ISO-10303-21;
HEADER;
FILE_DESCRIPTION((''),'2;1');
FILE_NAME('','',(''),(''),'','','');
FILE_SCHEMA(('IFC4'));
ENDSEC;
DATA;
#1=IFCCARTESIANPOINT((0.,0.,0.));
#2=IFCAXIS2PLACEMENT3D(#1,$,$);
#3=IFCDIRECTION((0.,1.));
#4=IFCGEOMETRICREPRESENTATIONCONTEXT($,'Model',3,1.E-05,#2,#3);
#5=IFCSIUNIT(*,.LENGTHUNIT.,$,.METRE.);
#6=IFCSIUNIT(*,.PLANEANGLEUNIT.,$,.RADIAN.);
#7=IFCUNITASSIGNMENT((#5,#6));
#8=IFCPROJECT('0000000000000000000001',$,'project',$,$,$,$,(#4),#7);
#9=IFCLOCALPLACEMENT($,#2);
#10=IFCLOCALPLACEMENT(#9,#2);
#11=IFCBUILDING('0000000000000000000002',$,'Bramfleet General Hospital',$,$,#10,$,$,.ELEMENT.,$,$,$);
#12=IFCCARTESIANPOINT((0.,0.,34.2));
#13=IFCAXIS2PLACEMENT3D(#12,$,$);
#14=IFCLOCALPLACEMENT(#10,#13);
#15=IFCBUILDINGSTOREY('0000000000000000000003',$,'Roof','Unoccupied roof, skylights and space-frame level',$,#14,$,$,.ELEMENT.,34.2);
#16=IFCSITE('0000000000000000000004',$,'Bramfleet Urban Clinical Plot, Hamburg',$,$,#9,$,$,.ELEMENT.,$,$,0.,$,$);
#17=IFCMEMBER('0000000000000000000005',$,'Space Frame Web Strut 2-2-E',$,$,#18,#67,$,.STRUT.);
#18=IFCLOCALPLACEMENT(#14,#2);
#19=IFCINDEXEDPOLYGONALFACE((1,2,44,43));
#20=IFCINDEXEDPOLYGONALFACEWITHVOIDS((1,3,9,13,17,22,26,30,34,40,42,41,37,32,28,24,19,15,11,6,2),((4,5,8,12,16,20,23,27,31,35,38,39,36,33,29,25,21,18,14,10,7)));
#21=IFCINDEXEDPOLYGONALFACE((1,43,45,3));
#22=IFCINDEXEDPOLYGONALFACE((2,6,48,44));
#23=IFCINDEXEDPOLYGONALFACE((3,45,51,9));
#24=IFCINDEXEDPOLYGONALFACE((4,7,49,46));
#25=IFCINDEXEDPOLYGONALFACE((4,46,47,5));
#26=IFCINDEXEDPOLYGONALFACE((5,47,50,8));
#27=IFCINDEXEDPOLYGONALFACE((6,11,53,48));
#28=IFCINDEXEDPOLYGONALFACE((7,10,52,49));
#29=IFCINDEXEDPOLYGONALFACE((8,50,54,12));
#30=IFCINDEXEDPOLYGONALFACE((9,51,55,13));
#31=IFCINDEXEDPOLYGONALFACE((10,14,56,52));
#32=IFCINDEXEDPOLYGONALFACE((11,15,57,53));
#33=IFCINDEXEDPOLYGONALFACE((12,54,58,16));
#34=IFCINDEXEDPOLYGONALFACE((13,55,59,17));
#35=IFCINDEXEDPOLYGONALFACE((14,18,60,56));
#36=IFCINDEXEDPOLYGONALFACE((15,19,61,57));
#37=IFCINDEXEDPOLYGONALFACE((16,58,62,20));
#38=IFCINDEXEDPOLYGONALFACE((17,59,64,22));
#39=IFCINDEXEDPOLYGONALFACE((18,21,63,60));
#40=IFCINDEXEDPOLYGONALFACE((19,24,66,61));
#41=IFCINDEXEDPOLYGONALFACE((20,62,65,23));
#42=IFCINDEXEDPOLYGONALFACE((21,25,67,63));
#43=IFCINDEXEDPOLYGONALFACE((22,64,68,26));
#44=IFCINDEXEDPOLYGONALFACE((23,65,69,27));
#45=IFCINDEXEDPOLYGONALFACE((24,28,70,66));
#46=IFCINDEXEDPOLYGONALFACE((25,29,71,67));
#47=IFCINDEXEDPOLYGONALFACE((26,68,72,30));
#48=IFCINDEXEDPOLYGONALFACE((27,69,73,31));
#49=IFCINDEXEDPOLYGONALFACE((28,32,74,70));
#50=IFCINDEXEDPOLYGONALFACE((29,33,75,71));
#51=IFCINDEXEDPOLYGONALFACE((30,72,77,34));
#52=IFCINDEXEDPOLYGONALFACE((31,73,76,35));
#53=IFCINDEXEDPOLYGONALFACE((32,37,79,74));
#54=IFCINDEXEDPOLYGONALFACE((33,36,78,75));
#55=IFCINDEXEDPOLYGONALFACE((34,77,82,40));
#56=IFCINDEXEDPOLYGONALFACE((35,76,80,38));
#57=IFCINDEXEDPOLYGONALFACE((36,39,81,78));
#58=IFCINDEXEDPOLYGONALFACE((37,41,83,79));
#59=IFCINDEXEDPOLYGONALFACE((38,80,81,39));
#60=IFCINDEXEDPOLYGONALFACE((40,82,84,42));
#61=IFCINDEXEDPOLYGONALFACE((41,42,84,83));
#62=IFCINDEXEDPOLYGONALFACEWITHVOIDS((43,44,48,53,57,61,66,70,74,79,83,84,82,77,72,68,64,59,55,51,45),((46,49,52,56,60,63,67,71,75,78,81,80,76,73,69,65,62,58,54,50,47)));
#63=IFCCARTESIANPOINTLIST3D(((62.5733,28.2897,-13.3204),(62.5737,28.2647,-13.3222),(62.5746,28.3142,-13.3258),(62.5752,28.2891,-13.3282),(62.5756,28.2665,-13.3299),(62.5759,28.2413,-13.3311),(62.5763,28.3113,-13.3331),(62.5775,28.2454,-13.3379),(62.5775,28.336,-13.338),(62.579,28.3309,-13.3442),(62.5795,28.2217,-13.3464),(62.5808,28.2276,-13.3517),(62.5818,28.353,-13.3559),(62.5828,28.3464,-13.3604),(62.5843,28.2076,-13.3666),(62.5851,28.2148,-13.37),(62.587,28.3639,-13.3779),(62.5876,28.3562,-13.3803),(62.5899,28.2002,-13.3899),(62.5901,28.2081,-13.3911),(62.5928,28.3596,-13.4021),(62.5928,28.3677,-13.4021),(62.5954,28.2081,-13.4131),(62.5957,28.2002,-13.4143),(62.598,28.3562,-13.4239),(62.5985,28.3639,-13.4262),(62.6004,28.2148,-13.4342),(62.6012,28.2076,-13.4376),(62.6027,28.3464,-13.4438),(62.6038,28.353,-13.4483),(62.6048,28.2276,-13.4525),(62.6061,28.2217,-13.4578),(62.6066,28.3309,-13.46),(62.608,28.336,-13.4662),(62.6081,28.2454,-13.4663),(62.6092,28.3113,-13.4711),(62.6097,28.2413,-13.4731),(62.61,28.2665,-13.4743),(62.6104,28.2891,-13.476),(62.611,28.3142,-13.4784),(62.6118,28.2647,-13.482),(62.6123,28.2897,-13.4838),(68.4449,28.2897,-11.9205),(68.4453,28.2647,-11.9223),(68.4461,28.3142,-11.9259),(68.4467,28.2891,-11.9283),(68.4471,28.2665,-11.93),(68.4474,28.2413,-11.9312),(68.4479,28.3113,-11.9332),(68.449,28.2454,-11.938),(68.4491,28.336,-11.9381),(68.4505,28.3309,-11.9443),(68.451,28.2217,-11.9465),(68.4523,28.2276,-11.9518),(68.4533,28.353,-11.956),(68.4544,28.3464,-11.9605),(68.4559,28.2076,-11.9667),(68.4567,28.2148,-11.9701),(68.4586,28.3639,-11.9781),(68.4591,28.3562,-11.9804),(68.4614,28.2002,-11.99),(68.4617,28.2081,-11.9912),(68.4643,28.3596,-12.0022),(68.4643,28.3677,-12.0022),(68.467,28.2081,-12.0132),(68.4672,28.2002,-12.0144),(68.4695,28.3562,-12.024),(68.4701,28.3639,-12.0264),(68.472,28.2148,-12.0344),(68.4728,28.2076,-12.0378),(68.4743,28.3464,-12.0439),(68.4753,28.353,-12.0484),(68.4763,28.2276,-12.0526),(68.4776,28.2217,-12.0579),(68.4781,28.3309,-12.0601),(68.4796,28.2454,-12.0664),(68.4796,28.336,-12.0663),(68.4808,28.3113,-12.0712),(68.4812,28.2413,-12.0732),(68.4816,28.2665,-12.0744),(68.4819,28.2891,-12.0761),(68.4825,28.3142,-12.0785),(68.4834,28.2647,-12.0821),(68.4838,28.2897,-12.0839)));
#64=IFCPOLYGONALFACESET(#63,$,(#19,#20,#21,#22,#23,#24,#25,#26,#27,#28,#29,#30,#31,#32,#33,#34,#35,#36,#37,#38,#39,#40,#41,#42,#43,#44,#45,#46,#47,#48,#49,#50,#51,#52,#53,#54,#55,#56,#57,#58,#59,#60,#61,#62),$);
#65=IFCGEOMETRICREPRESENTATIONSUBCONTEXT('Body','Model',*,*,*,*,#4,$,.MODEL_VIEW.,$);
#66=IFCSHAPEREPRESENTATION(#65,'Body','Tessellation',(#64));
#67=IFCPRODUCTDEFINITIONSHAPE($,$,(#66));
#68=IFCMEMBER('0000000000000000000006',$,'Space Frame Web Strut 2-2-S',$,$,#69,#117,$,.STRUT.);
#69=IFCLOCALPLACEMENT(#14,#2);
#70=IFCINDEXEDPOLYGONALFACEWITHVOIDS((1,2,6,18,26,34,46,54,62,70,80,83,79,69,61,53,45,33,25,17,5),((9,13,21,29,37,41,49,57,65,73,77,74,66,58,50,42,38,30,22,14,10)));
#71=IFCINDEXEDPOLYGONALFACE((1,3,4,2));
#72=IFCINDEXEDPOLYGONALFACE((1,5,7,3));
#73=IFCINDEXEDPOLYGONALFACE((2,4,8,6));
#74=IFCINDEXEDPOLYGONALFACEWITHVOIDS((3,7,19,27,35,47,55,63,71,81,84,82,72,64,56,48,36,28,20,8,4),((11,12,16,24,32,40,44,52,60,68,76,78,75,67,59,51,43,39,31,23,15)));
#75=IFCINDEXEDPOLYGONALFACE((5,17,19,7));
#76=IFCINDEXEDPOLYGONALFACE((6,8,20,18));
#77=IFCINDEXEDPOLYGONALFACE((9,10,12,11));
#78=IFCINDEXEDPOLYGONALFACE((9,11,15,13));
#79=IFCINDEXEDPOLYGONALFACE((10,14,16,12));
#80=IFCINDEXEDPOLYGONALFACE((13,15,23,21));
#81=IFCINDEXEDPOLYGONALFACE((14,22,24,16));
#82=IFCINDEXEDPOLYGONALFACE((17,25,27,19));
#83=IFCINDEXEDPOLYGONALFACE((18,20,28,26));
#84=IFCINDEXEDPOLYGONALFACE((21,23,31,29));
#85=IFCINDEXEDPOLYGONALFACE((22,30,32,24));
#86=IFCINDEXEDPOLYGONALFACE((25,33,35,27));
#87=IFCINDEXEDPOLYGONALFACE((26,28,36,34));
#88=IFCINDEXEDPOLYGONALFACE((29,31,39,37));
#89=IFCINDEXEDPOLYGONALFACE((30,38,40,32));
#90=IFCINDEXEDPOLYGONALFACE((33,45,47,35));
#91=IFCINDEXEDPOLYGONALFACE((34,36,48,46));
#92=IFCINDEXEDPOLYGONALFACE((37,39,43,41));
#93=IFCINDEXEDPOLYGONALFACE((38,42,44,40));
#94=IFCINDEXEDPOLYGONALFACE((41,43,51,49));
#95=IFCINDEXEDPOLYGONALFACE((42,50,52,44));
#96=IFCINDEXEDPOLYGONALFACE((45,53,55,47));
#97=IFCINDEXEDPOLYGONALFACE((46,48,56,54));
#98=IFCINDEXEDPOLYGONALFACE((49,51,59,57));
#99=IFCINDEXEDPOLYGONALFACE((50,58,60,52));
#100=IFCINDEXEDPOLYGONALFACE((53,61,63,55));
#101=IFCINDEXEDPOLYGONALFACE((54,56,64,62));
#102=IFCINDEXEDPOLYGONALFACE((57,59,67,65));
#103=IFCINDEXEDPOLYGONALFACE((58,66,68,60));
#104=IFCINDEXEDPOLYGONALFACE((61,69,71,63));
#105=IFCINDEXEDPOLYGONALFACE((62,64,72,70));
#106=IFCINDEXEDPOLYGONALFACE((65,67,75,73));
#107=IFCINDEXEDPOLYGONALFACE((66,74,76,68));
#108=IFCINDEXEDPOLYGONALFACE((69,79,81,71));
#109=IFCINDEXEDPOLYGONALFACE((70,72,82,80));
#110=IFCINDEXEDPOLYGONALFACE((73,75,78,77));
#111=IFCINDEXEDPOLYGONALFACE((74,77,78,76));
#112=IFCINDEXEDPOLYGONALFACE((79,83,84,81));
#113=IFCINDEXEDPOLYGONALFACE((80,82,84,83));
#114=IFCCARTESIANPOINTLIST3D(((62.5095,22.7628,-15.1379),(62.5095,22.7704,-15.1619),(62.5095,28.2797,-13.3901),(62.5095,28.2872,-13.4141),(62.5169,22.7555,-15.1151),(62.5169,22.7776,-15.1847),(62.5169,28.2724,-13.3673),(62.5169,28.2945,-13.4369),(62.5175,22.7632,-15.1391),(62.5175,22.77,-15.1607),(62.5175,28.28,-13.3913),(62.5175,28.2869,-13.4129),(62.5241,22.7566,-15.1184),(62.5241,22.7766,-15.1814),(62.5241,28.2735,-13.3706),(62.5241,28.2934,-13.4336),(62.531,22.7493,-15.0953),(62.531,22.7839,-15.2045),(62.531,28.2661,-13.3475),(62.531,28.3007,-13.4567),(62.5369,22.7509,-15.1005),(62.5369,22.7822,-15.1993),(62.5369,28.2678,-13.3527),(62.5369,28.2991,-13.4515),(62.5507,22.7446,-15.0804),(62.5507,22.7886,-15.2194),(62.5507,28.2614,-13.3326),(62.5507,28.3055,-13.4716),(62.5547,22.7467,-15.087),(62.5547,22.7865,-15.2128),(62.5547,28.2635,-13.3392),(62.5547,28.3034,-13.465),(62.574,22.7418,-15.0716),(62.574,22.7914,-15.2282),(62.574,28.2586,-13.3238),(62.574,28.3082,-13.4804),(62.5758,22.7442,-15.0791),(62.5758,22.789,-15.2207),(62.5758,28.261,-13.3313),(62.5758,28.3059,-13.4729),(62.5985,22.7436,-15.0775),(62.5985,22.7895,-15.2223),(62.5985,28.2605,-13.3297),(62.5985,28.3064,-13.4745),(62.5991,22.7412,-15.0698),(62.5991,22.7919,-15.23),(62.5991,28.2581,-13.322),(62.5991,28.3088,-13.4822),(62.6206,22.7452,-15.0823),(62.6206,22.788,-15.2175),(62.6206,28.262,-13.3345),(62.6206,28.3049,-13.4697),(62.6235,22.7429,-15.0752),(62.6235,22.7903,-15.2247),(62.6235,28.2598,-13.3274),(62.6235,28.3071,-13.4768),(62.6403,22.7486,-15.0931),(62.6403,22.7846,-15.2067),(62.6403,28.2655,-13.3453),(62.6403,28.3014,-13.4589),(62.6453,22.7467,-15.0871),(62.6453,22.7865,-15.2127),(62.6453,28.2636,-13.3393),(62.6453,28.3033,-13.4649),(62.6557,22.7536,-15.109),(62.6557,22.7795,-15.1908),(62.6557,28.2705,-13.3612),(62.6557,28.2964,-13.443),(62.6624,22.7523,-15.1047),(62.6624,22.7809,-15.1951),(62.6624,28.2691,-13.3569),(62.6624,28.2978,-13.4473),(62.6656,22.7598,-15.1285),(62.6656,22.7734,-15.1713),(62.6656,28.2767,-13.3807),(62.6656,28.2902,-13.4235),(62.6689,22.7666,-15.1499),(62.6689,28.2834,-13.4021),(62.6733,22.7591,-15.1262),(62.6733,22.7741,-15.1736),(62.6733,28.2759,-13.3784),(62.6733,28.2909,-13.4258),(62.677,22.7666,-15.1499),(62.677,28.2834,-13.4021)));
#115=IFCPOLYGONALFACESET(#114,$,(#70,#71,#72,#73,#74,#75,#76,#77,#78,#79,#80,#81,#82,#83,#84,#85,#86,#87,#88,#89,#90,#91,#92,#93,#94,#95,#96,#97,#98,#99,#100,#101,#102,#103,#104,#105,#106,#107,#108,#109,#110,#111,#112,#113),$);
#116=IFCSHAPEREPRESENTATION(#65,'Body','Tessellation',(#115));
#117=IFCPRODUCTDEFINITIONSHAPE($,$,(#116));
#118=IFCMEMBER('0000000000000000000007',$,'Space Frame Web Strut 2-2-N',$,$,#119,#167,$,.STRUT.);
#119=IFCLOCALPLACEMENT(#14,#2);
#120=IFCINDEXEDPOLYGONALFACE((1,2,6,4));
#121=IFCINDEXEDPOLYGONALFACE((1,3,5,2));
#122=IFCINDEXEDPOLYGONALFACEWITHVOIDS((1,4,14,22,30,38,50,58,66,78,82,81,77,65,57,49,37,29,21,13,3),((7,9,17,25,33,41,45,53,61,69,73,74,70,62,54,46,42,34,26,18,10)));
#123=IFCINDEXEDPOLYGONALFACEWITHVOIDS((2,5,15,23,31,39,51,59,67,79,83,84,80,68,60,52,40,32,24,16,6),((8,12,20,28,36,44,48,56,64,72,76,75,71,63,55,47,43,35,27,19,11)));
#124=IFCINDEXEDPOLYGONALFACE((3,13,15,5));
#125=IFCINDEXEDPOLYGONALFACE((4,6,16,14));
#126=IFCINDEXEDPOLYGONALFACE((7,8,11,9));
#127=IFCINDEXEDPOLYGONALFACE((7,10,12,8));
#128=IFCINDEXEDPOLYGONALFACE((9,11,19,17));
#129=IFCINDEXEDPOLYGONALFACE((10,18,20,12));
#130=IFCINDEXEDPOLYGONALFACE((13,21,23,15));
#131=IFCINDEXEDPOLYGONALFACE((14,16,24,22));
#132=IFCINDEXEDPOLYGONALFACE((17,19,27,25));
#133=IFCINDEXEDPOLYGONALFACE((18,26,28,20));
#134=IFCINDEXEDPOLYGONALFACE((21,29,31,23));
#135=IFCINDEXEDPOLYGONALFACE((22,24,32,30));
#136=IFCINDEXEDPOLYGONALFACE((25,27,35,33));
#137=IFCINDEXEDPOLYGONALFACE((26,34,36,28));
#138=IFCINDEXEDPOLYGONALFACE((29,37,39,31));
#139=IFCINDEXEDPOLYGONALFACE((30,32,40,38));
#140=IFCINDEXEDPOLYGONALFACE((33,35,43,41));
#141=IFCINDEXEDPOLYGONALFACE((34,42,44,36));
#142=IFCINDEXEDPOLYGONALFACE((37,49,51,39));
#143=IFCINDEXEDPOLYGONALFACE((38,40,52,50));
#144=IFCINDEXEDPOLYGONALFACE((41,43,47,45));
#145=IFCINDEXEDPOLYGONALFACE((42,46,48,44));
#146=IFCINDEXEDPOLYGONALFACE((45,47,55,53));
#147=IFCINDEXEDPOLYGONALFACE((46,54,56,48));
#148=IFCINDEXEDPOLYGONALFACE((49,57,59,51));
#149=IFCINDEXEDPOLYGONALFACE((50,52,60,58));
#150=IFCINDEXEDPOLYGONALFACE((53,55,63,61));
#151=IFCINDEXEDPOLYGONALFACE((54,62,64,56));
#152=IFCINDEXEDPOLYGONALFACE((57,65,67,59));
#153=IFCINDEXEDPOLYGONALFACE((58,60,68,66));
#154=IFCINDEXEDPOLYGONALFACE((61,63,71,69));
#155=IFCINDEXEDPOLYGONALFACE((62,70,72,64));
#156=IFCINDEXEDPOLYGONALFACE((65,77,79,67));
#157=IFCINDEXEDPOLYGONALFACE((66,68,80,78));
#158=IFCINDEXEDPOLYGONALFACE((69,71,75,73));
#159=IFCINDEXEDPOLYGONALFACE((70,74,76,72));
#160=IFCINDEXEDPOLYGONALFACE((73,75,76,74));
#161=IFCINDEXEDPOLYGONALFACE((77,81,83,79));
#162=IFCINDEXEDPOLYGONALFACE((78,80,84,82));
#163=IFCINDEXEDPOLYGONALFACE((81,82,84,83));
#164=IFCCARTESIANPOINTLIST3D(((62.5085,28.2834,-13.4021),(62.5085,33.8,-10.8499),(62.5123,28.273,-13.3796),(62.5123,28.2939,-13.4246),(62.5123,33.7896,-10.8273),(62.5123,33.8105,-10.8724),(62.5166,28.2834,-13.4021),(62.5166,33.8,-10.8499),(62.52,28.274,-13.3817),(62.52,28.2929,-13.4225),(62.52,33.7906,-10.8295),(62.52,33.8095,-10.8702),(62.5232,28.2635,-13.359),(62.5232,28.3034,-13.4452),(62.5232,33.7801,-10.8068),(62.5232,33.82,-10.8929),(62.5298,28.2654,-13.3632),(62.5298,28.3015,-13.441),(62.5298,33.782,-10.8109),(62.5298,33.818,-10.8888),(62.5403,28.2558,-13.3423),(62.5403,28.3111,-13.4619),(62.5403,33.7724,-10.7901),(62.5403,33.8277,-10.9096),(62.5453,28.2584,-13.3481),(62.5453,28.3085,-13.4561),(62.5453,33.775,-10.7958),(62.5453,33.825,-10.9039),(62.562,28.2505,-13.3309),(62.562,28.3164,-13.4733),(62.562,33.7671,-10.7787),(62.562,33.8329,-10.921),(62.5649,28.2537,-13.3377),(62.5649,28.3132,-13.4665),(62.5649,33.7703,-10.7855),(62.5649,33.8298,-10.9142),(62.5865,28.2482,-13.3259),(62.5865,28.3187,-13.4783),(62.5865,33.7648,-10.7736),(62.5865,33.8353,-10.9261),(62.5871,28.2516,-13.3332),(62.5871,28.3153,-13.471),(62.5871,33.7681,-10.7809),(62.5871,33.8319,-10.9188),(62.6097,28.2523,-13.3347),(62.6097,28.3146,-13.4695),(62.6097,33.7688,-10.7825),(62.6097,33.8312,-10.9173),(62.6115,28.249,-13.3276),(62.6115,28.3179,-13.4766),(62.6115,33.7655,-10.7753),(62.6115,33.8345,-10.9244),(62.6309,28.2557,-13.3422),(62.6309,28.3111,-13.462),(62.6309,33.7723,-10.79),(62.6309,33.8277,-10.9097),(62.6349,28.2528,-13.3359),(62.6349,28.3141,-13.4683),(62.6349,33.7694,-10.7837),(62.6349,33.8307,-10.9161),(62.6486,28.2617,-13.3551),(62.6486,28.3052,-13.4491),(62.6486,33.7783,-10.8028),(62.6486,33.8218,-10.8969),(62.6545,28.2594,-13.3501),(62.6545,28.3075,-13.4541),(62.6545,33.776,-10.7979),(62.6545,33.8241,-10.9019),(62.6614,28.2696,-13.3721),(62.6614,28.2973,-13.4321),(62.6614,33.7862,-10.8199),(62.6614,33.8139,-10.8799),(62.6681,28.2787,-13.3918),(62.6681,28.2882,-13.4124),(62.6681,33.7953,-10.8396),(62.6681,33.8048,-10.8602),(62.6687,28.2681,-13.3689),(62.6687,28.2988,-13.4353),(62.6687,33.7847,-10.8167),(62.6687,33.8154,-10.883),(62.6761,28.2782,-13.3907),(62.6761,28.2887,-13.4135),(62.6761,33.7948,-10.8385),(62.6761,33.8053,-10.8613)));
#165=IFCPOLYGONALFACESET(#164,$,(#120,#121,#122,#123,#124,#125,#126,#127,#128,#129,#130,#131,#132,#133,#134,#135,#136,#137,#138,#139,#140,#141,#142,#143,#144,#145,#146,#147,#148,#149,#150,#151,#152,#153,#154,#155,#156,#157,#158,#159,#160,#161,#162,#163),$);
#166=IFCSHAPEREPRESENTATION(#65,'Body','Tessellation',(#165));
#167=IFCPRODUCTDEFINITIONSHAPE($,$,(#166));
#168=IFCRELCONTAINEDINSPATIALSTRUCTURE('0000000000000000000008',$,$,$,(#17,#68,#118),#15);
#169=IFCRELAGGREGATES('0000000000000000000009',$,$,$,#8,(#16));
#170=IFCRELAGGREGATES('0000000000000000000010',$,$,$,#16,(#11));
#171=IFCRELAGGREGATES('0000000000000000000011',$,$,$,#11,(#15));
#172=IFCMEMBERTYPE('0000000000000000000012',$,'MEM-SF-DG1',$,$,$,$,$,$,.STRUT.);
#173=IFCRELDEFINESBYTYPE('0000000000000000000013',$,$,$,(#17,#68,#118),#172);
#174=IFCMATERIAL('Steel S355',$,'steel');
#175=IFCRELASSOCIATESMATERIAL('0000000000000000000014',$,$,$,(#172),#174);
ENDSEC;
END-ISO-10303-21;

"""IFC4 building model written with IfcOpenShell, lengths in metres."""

from ifc_helpers import new_model, si_unit, direction, frame, origin, origin_2d, place, context, subcontext, project, spatial, hollow_circle, extrude, material, material_profile, profile_set, type_object, element, save


model = new_model("IFC4")

# Units and contexts
model_context = context("Model", 3, precision=1e-05, world=origin(), true_north=direction((0.0, 1.0)))
body_context = subcontext(model_context, "Body", "Model", "MODEL_VIEW")
ifc_project = project(units=[si_unit("LENGTHUNIT", "METRE"), si_unit("PLANEANGLEUNIT", "RADIAN")], contexts=[model_context])

# Site, building, storey
site_placement = place(None, origin())
site = spatial("IfcSite", under=ifc_project, at=site_placement, Name="Bramfleet Urban Clinical Plot, Hamburg", CompositionType="ELEMENT", RefElevation=0.0)
building_placement = place(site_placement, origin())
building = spatial("IfcBuilding", under=site, at=building_placement, Name="Bramfleet General Hospital", CompositionType="ELEMENT")
storey_placement = place(building_placement, frame((0.0, 0.0, 34.2)))
storey = spatial("IfcBuildingStorey", under=building, at=storey_placement, Name="Roof", Description="Unoccupied roof, skylights and space-frame level", CompositionType="ELEMENT", Elevation=34.2)

# Members
ifc_material = material(Name="Steel S355", Category="steel")
ifc_material_profile_1 = material_profile(ifc_material, hollow_circle(Radius=0.0842, WallThickness=0.0081, at=origin_2d()), Name="CHS 168.3x8.0")
ifc_profile_set_1 = profile_set([ifc_material_profile_1], Name="Steel S355")
member_type_1 = type_object("IfcMemberType", Name="MEM-SF-DG1", PredefinedType="STRUT", material=ifc_profile_set_1)
member_1_placement = place(storey_placement, frame((62.5928, 28.2834, -13.4021), z_axis=(0.972735, 0.0, 0.231919), x_axis=(0.0, 1.0, 0.0)))
element("IfcMember", 1, at=member_1_placement, inside=storey, type_object=member_type_1, Name="Space Frame Web Strut 2-2-E", PredefinedType="STRUT", context=body_context, shape_type="SweptSolid", body=[
    extrude(hollow_circle(Radius=0.0842, WallThickness=0.0081, at=origin_2d()), origin(), (0.0, 0.0, 1.0), 6.0361),
])
member_2_placement = place(storey_placement, frame((62.5928, 28.2834, -13.4021), z_axis=(0.0, -0.953302, -0.302018), x_axis=(1.0, 0.0, 0.0)))
element("IfcMember", 2, at=member_2_placement, inside=storey, type_object=member_type_1, Name="Space Frame Web Strut 2-2-S", PredefinedType="STRUT", context=body_context, shape_type="SweptSolid", body=[
    extrude(hollow_circle(Radius=0.0842, WallThickness=0.0081, at=origin_2d()), origin(), (0.0, 0.0, 1.0), 5.7871),
])
member_3_placement = place(storey_placement, frame((62.5928, 28.2834, -13.4021), z_axis=(0.0, 0.907576, 0.419888), x_axis=(-1.0, 0.0, 0.0)))
element("IfcMember", 3, at=member_3_placement, inside=storey, type_object=member_type_1, Name="Space Frame Web Strut 2-2-N", PredefinedType="STRUT", context=body_context, shape_type="SweptSolid", body=[
    extrude(hollow_circle(Radius=0.0842, WallThickness=0.0081, at=origin_2d()), origin(), (0.0, 0.0, 1.0), 6.0784),
])

save(model, "model.ifc")
